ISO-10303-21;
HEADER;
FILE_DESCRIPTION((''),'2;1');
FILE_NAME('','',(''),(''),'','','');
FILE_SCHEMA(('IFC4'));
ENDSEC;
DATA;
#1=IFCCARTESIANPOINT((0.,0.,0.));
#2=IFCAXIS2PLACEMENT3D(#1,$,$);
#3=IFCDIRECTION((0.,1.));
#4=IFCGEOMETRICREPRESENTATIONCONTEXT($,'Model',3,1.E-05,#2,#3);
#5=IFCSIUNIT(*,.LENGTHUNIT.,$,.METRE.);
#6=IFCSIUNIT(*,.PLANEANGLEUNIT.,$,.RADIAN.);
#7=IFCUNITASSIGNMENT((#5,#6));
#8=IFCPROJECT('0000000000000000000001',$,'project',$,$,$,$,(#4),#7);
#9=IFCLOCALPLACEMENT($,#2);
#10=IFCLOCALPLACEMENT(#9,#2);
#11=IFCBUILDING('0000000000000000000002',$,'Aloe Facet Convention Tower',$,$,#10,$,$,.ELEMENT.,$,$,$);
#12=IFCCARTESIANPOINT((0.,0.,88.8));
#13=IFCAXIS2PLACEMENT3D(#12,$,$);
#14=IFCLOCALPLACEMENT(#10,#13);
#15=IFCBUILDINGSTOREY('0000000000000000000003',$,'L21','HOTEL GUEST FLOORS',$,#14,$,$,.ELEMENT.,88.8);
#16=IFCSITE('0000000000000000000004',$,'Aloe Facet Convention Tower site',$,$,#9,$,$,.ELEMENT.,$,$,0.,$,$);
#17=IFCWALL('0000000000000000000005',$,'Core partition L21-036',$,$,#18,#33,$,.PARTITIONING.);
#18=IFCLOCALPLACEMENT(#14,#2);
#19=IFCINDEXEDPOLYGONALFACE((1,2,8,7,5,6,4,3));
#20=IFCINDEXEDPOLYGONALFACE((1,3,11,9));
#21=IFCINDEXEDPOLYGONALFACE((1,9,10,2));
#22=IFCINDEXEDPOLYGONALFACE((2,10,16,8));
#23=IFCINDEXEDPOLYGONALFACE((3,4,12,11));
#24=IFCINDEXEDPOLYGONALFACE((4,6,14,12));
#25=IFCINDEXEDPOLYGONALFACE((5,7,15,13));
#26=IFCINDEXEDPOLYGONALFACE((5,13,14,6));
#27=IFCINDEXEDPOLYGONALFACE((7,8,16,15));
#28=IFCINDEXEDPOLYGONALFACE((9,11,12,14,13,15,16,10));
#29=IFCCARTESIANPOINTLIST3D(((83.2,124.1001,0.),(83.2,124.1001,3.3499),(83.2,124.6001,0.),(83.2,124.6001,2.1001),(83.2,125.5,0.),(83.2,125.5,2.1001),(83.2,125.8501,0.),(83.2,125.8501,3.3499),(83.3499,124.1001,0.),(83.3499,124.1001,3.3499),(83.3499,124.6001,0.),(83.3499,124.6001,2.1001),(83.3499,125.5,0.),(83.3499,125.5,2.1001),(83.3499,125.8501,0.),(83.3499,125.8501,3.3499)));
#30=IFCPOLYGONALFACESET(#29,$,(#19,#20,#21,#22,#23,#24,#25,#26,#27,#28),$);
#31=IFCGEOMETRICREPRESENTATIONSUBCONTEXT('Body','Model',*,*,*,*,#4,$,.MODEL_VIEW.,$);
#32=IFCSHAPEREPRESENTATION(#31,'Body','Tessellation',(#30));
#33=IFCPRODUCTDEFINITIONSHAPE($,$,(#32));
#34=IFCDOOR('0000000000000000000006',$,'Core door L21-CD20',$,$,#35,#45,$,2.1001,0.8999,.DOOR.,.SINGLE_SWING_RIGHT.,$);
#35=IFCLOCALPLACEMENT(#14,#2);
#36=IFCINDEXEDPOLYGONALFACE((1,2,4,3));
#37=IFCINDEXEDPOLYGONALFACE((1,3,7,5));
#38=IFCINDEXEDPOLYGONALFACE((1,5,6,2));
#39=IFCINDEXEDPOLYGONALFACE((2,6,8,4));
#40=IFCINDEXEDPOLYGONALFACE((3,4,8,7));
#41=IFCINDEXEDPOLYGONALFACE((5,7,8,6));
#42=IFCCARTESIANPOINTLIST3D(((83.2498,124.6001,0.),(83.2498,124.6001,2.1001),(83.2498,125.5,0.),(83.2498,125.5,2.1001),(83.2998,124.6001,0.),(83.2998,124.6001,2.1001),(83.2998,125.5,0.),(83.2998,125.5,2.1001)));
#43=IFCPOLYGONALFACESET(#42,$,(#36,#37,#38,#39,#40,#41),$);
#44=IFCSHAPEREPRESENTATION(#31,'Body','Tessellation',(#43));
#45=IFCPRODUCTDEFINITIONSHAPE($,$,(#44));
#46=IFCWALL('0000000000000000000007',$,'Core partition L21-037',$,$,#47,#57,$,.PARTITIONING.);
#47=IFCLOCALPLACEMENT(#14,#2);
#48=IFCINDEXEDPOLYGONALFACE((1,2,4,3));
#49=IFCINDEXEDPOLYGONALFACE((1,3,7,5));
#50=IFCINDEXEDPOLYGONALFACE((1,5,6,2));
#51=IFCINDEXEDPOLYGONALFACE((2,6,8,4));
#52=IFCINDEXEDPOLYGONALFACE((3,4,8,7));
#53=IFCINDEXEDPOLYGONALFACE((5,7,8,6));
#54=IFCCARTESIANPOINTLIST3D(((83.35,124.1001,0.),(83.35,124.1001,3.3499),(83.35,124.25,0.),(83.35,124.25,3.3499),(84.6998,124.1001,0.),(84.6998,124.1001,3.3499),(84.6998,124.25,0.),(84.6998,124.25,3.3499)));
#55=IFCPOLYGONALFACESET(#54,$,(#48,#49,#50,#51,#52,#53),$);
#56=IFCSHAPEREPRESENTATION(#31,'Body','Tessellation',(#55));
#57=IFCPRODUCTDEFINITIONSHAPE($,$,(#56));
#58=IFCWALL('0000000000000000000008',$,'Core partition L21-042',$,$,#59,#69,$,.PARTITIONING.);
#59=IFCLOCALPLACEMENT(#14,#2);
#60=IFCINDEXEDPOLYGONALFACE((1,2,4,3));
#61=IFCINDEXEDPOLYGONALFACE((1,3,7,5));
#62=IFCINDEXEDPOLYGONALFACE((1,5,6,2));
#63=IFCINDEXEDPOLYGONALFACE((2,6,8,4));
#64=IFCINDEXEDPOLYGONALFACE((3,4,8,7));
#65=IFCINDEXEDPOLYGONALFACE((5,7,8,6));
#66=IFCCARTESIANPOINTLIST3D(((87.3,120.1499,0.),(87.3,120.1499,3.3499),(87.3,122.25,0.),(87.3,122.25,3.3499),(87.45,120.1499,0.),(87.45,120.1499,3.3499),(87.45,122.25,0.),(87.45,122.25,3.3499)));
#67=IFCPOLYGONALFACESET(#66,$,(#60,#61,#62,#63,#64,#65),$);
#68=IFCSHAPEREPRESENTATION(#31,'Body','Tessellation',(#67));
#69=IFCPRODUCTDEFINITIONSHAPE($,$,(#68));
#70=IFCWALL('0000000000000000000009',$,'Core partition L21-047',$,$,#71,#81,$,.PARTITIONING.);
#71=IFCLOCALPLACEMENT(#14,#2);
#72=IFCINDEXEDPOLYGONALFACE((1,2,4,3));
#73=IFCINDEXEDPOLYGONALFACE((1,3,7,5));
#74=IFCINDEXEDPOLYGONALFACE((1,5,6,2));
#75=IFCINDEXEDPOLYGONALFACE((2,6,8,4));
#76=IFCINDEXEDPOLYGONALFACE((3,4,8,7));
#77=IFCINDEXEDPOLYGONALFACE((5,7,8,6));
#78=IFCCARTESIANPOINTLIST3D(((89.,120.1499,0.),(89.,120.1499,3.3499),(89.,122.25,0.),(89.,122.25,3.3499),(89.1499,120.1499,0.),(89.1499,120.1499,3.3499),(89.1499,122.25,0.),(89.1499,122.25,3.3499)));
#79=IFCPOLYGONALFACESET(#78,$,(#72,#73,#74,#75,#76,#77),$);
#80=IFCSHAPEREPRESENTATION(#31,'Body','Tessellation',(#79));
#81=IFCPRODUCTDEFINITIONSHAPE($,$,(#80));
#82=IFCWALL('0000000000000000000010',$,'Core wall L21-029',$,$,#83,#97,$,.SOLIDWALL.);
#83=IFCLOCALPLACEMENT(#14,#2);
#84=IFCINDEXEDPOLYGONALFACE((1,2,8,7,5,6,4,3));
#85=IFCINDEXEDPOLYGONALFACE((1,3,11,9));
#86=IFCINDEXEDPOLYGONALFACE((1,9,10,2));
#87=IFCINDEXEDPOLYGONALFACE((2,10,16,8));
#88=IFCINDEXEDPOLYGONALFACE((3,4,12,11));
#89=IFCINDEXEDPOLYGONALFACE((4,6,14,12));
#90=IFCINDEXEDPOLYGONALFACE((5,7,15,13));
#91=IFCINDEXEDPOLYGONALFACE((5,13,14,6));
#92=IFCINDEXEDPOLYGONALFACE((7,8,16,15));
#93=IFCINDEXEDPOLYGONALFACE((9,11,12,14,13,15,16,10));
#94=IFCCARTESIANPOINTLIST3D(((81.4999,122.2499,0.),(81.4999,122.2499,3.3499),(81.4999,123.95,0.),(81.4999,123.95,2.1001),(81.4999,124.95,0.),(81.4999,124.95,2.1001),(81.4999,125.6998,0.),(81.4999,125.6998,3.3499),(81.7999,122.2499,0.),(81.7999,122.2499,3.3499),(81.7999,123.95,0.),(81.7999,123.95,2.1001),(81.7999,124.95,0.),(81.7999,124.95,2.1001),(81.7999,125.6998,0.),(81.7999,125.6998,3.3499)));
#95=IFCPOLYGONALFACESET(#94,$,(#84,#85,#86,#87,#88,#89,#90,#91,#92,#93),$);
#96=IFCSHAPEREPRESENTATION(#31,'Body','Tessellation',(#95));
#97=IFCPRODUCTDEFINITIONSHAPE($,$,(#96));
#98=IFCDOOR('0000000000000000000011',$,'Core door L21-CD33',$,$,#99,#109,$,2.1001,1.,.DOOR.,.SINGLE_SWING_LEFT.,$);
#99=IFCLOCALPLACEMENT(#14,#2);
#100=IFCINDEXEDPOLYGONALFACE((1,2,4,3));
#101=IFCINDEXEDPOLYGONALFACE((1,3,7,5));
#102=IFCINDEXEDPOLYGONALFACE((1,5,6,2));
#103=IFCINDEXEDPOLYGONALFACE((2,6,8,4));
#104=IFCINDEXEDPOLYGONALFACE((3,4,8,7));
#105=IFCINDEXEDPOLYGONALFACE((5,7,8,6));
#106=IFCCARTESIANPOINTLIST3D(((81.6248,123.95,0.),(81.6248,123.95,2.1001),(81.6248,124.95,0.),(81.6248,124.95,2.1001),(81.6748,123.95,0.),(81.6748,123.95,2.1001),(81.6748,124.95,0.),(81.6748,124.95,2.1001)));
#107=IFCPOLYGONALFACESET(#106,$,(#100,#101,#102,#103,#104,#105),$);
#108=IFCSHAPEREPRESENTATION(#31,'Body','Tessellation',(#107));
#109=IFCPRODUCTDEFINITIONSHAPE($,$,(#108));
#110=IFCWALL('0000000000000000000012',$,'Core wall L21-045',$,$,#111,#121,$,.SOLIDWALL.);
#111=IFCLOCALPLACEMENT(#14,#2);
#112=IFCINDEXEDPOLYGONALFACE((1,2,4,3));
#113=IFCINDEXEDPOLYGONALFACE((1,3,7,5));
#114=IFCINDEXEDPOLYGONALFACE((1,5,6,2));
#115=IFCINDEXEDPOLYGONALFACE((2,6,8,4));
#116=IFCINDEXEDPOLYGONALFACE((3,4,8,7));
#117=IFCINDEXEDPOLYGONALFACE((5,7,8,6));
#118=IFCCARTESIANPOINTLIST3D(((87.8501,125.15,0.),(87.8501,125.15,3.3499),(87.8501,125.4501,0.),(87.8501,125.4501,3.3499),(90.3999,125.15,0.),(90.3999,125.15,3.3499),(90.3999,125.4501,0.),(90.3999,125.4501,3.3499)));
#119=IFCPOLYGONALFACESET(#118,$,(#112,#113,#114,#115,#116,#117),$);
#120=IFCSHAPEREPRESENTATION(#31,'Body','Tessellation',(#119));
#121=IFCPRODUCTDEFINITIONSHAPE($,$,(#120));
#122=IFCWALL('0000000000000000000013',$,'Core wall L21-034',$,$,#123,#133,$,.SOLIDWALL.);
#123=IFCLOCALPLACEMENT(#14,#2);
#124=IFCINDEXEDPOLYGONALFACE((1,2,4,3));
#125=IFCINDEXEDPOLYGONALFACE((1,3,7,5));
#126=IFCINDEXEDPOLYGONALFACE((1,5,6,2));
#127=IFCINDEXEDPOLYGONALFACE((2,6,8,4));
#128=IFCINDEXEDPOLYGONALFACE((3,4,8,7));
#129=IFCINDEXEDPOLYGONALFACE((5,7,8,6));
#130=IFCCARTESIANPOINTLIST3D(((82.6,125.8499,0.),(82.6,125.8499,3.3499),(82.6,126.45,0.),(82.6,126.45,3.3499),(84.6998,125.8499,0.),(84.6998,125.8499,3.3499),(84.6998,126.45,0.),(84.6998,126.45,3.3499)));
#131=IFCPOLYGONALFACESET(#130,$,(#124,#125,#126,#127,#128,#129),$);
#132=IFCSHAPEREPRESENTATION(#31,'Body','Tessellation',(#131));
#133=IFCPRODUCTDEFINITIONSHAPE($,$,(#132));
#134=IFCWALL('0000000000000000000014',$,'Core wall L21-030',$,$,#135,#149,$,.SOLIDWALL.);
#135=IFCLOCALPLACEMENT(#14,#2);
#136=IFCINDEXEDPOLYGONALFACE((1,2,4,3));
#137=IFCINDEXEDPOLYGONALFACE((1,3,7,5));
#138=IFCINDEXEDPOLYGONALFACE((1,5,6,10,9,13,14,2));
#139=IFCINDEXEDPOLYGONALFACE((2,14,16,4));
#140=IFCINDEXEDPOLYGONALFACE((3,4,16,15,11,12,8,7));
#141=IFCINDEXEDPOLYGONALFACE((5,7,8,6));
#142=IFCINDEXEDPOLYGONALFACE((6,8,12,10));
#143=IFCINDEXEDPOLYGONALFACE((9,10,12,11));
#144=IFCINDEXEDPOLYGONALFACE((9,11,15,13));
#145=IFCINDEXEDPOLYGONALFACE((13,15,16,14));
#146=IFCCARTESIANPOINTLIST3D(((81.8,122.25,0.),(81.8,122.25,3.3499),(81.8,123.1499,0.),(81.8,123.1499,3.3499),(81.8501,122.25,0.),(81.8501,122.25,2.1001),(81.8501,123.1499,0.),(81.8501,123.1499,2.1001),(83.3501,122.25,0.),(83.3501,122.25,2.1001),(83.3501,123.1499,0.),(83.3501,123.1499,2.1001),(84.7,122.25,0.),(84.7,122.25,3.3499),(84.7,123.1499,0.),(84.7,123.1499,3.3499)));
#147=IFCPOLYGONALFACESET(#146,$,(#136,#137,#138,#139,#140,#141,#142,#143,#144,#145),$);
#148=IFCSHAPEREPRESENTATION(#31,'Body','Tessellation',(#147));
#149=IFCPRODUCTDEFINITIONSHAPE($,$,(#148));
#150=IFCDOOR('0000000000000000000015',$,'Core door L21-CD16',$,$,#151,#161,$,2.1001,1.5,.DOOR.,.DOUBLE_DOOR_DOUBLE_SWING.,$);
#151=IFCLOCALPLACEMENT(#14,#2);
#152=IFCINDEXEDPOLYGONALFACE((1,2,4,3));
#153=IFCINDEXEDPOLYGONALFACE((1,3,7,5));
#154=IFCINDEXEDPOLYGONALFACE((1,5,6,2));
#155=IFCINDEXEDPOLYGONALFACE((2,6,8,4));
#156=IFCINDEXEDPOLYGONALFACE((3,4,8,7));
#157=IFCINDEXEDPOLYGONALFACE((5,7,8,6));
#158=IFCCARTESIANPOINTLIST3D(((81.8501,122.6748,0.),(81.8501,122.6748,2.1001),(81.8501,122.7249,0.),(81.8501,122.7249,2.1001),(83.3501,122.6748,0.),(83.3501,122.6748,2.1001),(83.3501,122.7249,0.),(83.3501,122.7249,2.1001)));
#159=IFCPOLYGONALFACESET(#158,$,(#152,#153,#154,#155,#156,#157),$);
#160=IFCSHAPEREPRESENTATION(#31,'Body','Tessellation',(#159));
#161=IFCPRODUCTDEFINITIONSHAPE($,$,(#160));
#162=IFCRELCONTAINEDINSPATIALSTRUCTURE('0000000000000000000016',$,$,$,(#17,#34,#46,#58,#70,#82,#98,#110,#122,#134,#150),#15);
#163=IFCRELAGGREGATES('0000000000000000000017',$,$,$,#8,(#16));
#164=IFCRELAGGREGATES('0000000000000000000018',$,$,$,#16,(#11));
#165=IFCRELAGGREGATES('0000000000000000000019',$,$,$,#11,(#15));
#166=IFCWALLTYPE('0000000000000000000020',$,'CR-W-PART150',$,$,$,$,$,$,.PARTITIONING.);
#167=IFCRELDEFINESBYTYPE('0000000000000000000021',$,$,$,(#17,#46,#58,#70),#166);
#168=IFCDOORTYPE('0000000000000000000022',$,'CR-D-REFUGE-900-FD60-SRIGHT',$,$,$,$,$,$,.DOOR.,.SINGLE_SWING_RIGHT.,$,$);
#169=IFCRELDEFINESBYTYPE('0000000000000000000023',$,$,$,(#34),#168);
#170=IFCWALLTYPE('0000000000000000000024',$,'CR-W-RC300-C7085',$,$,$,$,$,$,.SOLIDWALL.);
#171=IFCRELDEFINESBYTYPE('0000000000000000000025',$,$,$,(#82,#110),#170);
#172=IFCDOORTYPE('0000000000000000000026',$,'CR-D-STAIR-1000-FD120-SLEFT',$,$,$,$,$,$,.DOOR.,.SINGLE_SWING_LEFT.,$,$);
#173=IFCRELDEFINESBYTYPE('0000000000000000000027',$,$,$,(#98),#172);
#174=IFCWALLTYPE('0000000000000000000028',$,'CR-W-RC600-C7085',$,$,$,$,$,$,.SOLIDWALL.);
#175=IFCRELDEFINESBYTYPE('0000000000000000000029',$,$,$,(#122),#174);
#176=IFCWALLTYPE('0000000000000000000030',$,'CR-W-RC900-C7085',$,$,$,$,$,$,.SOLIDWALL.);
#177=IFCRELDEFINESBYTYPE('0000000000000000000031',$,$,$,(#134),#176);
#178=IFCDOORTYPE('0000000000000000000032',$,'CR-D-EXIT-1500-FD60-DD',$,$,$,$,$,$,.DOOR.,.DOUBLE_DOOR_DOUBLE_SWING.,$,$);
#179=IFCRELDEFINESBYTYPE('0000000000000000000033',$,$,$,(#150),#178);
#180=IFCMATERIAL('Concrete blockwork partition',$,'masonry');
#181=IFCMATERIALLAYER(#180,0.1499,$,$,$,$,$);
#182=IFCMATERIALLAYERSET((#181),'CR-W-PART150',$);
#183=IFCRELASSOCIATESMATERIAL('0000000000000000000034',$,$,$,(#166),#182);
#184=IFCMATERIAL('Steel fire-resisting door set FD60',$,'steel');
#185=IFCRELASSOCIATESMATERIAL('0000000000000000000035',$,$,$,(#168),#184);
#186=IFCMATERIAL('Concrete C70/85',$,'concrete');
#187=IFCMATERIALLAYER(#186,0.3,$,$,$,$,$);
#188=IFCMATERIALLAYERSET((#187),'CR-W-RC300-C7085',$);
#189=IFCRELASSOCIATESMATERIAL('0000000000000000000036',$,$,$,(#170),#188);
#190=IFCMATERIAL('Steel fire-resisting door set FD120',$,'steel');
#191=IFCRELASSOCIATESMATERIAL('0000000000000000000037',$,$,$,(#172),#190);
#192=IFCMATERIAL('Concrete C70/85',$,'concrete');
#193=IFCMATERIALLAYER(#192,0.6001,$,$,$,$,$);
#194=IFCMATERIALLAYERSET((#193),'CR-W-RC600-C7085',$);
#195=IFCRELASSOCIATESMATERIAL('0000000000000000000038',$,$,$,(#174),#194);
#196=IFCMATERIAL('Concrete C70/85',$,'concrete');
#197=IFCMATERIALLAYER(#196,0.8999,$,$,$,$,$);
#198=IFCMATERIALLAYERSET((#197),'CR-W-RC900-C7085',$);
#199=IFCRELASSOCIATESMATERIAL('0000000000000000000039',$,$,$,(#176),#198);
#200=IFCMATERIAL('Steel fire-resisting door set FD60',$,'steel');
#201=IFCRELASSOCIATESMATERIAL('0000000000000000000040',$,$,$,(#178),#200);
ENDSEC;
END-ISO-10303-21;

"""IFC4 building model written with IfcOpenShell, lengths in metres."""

from ifc_helpers import new_model, si_unit, direction, frame, frame_2d, origin, place, context, subcontext, project, spatial, rectangle, extrude, material, layer, layer_set, type_object, element, fill, save


model = new_model("IFC4")

# Units and contexts
model_context = context("Model", 3, precision=1e-05, world=origin(), true_north=direction((0.0, 1.0)))
body_context = subcontext(model_context, "Body", "Model", "MODEL_VIEW")
ifc_project = project(units=[si_unit("LENGTHUNIT", "METRE"), si_unit("PLANEANGLEUNIT", "RADIAN")], contexts=[model_context])

# Site, building, storey
site_placement = place(None, origin())
site = spatial("IfcSite", under=ifc_project, at=site_placement, Name="Aloe Facet Convention Tower site", CompositionType="ELEMENT", RefElevation=0.0)
building_placement = place(site_placement, origin())
building = spatial("IfcBuilding", under=site, at=building_placement, Name="Aloe Facet Convention Tower", CompositionType="ELEMENT")
storey_placement = place(building_placement, frame((0.0, 0.0, 88.8)))
storey = spatial("IfcBuildingStorey", under=building, at=storey_placement, Name="L21", Description="HOTEL GUEST FLOORS", CompositionType="ELEMENT", Elevation=88.8)

# Wall, opening, door
ifc_material_1 = material(Name="Concrete blockwork partition", Category="masonry")
ifc_layer_1 = layer(ifc_material_1, 0.1499)
ifc_layer_set_1 = layer_set([ifc_layer_1], Name="CR-W-PART150")
wall_type_1 = type_object("IfcWallType", Name="CR-W-PART150", PredefinedType="PARTITIONING", material=ifc_layer_set_1)
wall_1_placement = place(storey_placement, frame((83.2749, 125.8501, 0.0), z_axis=(0.0, 0.0, 1.0), x_axis=(0.0, -1.0, 0.0)))
wall_1 = element("IfcWall", 1, at=wall_1_placement, inside=storey, type_object=wall_type_1, Name="Core partition L21-036", PredefinedType="PARTITIONING", context=body_context, shape_type="SweptSolid", body=[
    extrude(rectangle(XDim=1.75, YDim=0.1499, at=frame_2d((0.875, 0.0))), origin(), (0.0, 0.0, 1.0), 3.3499),
])
opening_1_placement = place(wall_1_placement, frame((0.3501, 0.0, 0.0)))
opening_1 = element("IfcOpeningElement", 2, at=opening_1_placement, cuts=wall_1, PredefinedType="OPENING", context=body_context, shape_type="SweptSolid", body=[
    extrude(rectangle(XDim=0.8999, YDim=2.1001, at=frame_2d((0.45, 1.05))), frame((0.0, 0.085, 0.0), z_axis=(0.0, -1.0, 0.0), x_axis=(1.0, 0.0, 0.0)), (0.0, 0.0, 1.0), 0.1699),
])
ifc_material_2 = material(Name="Steel fire-resisting door set FD60", Category="steel")
door_type_1 = type_object("IfcDoorType", Name="CR-D-REFUGE-900-FD60-SRIGHT", OperationType="SINGLE_SWING_RIGHT", PredefinedType="DOOR", material=ifc_material_2)
door_1_placement = place(opening_1_placement, origin())
door_1 = element("IfcDoor", 3, at=door_1_placement, inside=storey, type_object=door_type_1, Name="Core door L21-CD20", OperationType="SINGLE_SWING_RIGHT", OverallHeight=2.1001, OverallWidth=0.8999, PredefinedType="DOOR", context=body_context, shape_type="SweptSolid", body=[
    extrude(rectangle(XDim=0.8999, YDim=2.1001, at=frame_2d((0.45, 1.05))), frame((0.0, 0.0249, 0.0), z_axis=(0.0, -1.0, 0.0), x_axis=(1.0, 0.0, 0.0)), (0.0, 0.0, 1.0), 0.05),
])
fill(opening_1, door_1)

# Walls
wall_2_placement = place(storey_placement, frame((83.3501, 124.175, 0.0), z_axis=(0.0, 0.0, 1.0), x_axis=(1.0, 0.0, 0.0)))
element("IfcWall", 4, at=wall_2_placement, inside=storey, type_object=wall_type_1, Name="Core partition L21-037", PredefinedType="PARTITIONING", context=body_context, shape_type="SweptSolid", body=[
    extrude(rectangle(XDim=1.3499, YDim=0.1499, at=frame_2d((0.6748, 0.0))), origin(), (0.0, 0.0, 1.0), 3.3499),
])
for number, where, z_axis, x_axis, name in (
    (5, (87.375, 122.25, 0.0), (0.0, 0.0, 1.0), (0.0, -1.0, 0.0), "Core partition L21-042"),
    (6, (89.075, 122.25, 0.0), (0.0, 0.0, 1.0), (0.0, -1.0, 0.0), "Core partition L21-047"),
):
    element("IfcWall", number, at=place(storey_placement, frame(where, z_axis=z_axis, x_axis=x_axis)), inside=storey, type_object=wall_type_1, Name=name, PredefinedType="PARTITIONING", context=body_context, shape_type="SweptSolid", body=[
        extrude(rectangle(XDim=2.1001, YDim=0.1499, at=frame_2d((1.05, 0.0))), origin(), (0.0, 0.0, 1.0), 3.3499),
    ])

# Wall, opening, door
ifc_material_3 = material(Name="Concrete C70/85", Category="concrete")
ifc_layer_2 = layer(ifc_material_3, 0.3)
ifc_layer_set_2 = layer_set([ifc_layer_2], Name="CR-W-RC300-C7085")
wall_type_2 = type_object("IfcWallType", Name="CR-W-RC300-C7085", PredefinedType="SOLIDWALL", material=ifc_layer_set_2)
wall_3_placement = place(storey_placement, frame((81.6499, 125.7, 0.0), z_axis=(0.0, 0.0, 1.0), x_axis=(0.0, -1.0, 0.0)))
wall_3 = element("IfcWall", 7, at=wall_3_placement, inside=storey, type_object=wall_type_2, Name="Core wall L21-029", PredefinedType="SOLIDWALL", context=body_context, shape_type="SweptSolid", body=[
    extrude(rectangle(XDim=3.45, YDim=0.3, at=frame_2d((1.7251, 0.0))), origin(), (0.0, 0.0, 1.0), 3.3499),
])
opening_2_placement = place(wall_3_placement, frame((0.75, 0.0, 0.0)))
opening_2 = element("IfcOpeningElement", 8, at=opening_2_placement, cuts=wall_3, PredefinedType="OPENING", context=body_context, shape_type="SweptSolid", body=[
    extrude(rectangle(XDim=1.0, YDim=2.1001, at=frame_2d((0.5, 1.05))), frame((0.0, 0.1602, 0.0), z_axis=(0.0, -1.0, 0.0), x_axis=(1.0, 0.0, 0.0)), (0.0, 0.0, 1.0), 0.3201),
])
ifc_material_4 = material(Name="Steel fire-resisting door set FD120", Category="steel")
door_type_2 = type_object("IfcDoorType", Name="CR-D-STAIR-1000-FD120-SLEFT", OperationType="SINGLE_SWING_LEFT", PredefinedType="DOOR", material=ifc_material_4)
door_2_placement = place(opening_2_placement, origin())
door_2 = element("IfcDoor", 9, at=door_2_placement, inside=storey, type_object=door_type_2, Name="Core door L21-CD33", OperationType="SINGLE_SWING_LEFT", OverallHeight=2.1001, OverallWidth=1.0, PredefinedType="DOOR", context=body_context, shape_type="SweptSolid", body=[
    extrude(rectangle(XDim=1.0, YDim=2.1001, at=frame_2d((0.5, 1.05))), frame((0.0, 0.0249, 0.0), z_axis=(0.0, -1.0, 0.0), x_axis=(1.0, 0.0, 0.0)), (0.0, 0.0, 1.0), 0.05),
])
fill(opening_2, door_2)

# Walls
wall_4_placement = place(storey_placement, frame((87.8501, 125.3, 0.0), z_axis=(0.0, 0.0, 1.0), x_axis=(1.0, 0.0, 0.0)))
element("IfcWall", 10, at=wall_4_placement, inside=storey, type_object=wall_type_2, Name="Core wall L21-045", PredefinedType="SOLIDWALL", context=body_context, shape_type="SweptSolid", body=[
    extrude(rectangle(XDim=2.5498, YDim=0.3, at=frame_2d((1.2749, 0.0))), origin(), (0.0, 0.0, 1.0), 3.3499),
])
ifc_material_5 = material(Name="Concrete C70/85", Category="concrete")
ifc_layer_3 = layer(ifc_material_5, 0.6001)
ifc_layer_set_3 = layer_set([ifc_layer_3], Name="CR-W-RC600-C7085")
wall_type_3 = type_object("IfcWallType", Name="CR-W-RC600-C7085", PredefinedType="SOLIDWALL", material=ifc_layer_set_3)
wall_5_placement = place(storey_placement, frame((82.6001, 126.1499, 0.0), z_axis=(0.0, 0.0, 1.0), x_axis=(1.0, 0.0, 0.0)))
element("IfcWall", 11, at=wall_5_placement, inside=storey, type_object=wall_type_3, Name="Core wall L21-034", PredefinedType="SOLIDWALL", context=body_context, shape_type="SweptSolid", body=[
    extrude(rectangle(XDim=2.0999, YDim=0.6001, at=frame_2d((1.0498, 0.0))), origin(), (0.0, 0.0, 1.0), 3.3499),
])

# Wall, opening, door
ifc_material_6 = material(Name="Concrete C70/85", Category="concrete")
ifc_layer_4 = layer(ifc_material_6, 0.8999)
ifc_layer_set_4 = layer_set([ifc_layer_4], Name="CR-W-RC900-C7085")
wall_type_4 = type_object("IfcWallType", Name="CR-W-RC900-C7085", PredefinedType="SOLIDWALL", material=ifc_layer_set_4)
wall_6_placement = place(storey_placement, frame((81.8, 122.7, 0.0), z_axis=(0.0, 0.0, 1.0), x_axis=(1.0, 0.0, 0.0)))
wall_6 = element("IfcWall", 12, at=wall_6_placement, inside=storey, type_object=wall_type_4, Name="Core wall L21-030", PredefinedType="SOLIDWALL", context=body_context, shape_type="SweptSolid", body=[
    extrude(rectangle(XDim=2.8999, YDim=0.8999, at=frame_2d((1.45, 0.0))), origin(), (0.0, 0.0, 1.0), 3.3499),
])
opening_3_placement = place(wall_6_placement, frame((0.05, 0.0, 0.0)))
opening_3 = element("IfcOpeningElement", 13, at=opening_3_placement, cuts=wall_6, PredefinedType="OPENING", context=body_context, shape_type="SweptSolid", body=[
    extrude(rectangle(XDim=1.5, YDim=2.1001, at=frame_2d((0.75, 1.05))), frame((0.0, 0.46, 0.0), z_axis=(0.0, -1.0, 0.0), x_axis=(1.0, 0.0, 0.0)), (0.0, 0.0, 1.0), 0.9199),
])
ifc_material_7 = material(Name="Steel fire-resisting door set FD60", Category="steel")
door_type_3 = type_object("IfcDoorType", Name="CR-D-EXIT-1500-FD60-DD", OperationType="DOUBLE_DOOR_DOUBLE_SWING", PredefinedType="DOOR", material=ifc_material_7)
door_3_placement = place(opening_3_placement, origin())
door_3 = element("IfcDoor", 14, at=door_3_placement, inside=storey, type_object=door_type_3, Name="Core door L21-CD16", OperationType="DOUBLE_DOOR_DOUBLE_SWING", OverallHeight=2.1001, OverallWidth=1.5, PredefinedType="DOOR", context=body_context, shape_type="SweptSolid", body=[
    extrude(rectangle(XDim=1.5, YDim=2.1001, at=frame_2d((0.75, 1.05))), frame((0.0, 0.0249, 0.0), z_axis=(0.0, -1.0, 0.0), x_axis=(1.0, 0.0, 0.0)), (0.0, 0.0, 1.0), 0.05),
])
fill(opening_3, door_3)

save(model, "model.ifc")
